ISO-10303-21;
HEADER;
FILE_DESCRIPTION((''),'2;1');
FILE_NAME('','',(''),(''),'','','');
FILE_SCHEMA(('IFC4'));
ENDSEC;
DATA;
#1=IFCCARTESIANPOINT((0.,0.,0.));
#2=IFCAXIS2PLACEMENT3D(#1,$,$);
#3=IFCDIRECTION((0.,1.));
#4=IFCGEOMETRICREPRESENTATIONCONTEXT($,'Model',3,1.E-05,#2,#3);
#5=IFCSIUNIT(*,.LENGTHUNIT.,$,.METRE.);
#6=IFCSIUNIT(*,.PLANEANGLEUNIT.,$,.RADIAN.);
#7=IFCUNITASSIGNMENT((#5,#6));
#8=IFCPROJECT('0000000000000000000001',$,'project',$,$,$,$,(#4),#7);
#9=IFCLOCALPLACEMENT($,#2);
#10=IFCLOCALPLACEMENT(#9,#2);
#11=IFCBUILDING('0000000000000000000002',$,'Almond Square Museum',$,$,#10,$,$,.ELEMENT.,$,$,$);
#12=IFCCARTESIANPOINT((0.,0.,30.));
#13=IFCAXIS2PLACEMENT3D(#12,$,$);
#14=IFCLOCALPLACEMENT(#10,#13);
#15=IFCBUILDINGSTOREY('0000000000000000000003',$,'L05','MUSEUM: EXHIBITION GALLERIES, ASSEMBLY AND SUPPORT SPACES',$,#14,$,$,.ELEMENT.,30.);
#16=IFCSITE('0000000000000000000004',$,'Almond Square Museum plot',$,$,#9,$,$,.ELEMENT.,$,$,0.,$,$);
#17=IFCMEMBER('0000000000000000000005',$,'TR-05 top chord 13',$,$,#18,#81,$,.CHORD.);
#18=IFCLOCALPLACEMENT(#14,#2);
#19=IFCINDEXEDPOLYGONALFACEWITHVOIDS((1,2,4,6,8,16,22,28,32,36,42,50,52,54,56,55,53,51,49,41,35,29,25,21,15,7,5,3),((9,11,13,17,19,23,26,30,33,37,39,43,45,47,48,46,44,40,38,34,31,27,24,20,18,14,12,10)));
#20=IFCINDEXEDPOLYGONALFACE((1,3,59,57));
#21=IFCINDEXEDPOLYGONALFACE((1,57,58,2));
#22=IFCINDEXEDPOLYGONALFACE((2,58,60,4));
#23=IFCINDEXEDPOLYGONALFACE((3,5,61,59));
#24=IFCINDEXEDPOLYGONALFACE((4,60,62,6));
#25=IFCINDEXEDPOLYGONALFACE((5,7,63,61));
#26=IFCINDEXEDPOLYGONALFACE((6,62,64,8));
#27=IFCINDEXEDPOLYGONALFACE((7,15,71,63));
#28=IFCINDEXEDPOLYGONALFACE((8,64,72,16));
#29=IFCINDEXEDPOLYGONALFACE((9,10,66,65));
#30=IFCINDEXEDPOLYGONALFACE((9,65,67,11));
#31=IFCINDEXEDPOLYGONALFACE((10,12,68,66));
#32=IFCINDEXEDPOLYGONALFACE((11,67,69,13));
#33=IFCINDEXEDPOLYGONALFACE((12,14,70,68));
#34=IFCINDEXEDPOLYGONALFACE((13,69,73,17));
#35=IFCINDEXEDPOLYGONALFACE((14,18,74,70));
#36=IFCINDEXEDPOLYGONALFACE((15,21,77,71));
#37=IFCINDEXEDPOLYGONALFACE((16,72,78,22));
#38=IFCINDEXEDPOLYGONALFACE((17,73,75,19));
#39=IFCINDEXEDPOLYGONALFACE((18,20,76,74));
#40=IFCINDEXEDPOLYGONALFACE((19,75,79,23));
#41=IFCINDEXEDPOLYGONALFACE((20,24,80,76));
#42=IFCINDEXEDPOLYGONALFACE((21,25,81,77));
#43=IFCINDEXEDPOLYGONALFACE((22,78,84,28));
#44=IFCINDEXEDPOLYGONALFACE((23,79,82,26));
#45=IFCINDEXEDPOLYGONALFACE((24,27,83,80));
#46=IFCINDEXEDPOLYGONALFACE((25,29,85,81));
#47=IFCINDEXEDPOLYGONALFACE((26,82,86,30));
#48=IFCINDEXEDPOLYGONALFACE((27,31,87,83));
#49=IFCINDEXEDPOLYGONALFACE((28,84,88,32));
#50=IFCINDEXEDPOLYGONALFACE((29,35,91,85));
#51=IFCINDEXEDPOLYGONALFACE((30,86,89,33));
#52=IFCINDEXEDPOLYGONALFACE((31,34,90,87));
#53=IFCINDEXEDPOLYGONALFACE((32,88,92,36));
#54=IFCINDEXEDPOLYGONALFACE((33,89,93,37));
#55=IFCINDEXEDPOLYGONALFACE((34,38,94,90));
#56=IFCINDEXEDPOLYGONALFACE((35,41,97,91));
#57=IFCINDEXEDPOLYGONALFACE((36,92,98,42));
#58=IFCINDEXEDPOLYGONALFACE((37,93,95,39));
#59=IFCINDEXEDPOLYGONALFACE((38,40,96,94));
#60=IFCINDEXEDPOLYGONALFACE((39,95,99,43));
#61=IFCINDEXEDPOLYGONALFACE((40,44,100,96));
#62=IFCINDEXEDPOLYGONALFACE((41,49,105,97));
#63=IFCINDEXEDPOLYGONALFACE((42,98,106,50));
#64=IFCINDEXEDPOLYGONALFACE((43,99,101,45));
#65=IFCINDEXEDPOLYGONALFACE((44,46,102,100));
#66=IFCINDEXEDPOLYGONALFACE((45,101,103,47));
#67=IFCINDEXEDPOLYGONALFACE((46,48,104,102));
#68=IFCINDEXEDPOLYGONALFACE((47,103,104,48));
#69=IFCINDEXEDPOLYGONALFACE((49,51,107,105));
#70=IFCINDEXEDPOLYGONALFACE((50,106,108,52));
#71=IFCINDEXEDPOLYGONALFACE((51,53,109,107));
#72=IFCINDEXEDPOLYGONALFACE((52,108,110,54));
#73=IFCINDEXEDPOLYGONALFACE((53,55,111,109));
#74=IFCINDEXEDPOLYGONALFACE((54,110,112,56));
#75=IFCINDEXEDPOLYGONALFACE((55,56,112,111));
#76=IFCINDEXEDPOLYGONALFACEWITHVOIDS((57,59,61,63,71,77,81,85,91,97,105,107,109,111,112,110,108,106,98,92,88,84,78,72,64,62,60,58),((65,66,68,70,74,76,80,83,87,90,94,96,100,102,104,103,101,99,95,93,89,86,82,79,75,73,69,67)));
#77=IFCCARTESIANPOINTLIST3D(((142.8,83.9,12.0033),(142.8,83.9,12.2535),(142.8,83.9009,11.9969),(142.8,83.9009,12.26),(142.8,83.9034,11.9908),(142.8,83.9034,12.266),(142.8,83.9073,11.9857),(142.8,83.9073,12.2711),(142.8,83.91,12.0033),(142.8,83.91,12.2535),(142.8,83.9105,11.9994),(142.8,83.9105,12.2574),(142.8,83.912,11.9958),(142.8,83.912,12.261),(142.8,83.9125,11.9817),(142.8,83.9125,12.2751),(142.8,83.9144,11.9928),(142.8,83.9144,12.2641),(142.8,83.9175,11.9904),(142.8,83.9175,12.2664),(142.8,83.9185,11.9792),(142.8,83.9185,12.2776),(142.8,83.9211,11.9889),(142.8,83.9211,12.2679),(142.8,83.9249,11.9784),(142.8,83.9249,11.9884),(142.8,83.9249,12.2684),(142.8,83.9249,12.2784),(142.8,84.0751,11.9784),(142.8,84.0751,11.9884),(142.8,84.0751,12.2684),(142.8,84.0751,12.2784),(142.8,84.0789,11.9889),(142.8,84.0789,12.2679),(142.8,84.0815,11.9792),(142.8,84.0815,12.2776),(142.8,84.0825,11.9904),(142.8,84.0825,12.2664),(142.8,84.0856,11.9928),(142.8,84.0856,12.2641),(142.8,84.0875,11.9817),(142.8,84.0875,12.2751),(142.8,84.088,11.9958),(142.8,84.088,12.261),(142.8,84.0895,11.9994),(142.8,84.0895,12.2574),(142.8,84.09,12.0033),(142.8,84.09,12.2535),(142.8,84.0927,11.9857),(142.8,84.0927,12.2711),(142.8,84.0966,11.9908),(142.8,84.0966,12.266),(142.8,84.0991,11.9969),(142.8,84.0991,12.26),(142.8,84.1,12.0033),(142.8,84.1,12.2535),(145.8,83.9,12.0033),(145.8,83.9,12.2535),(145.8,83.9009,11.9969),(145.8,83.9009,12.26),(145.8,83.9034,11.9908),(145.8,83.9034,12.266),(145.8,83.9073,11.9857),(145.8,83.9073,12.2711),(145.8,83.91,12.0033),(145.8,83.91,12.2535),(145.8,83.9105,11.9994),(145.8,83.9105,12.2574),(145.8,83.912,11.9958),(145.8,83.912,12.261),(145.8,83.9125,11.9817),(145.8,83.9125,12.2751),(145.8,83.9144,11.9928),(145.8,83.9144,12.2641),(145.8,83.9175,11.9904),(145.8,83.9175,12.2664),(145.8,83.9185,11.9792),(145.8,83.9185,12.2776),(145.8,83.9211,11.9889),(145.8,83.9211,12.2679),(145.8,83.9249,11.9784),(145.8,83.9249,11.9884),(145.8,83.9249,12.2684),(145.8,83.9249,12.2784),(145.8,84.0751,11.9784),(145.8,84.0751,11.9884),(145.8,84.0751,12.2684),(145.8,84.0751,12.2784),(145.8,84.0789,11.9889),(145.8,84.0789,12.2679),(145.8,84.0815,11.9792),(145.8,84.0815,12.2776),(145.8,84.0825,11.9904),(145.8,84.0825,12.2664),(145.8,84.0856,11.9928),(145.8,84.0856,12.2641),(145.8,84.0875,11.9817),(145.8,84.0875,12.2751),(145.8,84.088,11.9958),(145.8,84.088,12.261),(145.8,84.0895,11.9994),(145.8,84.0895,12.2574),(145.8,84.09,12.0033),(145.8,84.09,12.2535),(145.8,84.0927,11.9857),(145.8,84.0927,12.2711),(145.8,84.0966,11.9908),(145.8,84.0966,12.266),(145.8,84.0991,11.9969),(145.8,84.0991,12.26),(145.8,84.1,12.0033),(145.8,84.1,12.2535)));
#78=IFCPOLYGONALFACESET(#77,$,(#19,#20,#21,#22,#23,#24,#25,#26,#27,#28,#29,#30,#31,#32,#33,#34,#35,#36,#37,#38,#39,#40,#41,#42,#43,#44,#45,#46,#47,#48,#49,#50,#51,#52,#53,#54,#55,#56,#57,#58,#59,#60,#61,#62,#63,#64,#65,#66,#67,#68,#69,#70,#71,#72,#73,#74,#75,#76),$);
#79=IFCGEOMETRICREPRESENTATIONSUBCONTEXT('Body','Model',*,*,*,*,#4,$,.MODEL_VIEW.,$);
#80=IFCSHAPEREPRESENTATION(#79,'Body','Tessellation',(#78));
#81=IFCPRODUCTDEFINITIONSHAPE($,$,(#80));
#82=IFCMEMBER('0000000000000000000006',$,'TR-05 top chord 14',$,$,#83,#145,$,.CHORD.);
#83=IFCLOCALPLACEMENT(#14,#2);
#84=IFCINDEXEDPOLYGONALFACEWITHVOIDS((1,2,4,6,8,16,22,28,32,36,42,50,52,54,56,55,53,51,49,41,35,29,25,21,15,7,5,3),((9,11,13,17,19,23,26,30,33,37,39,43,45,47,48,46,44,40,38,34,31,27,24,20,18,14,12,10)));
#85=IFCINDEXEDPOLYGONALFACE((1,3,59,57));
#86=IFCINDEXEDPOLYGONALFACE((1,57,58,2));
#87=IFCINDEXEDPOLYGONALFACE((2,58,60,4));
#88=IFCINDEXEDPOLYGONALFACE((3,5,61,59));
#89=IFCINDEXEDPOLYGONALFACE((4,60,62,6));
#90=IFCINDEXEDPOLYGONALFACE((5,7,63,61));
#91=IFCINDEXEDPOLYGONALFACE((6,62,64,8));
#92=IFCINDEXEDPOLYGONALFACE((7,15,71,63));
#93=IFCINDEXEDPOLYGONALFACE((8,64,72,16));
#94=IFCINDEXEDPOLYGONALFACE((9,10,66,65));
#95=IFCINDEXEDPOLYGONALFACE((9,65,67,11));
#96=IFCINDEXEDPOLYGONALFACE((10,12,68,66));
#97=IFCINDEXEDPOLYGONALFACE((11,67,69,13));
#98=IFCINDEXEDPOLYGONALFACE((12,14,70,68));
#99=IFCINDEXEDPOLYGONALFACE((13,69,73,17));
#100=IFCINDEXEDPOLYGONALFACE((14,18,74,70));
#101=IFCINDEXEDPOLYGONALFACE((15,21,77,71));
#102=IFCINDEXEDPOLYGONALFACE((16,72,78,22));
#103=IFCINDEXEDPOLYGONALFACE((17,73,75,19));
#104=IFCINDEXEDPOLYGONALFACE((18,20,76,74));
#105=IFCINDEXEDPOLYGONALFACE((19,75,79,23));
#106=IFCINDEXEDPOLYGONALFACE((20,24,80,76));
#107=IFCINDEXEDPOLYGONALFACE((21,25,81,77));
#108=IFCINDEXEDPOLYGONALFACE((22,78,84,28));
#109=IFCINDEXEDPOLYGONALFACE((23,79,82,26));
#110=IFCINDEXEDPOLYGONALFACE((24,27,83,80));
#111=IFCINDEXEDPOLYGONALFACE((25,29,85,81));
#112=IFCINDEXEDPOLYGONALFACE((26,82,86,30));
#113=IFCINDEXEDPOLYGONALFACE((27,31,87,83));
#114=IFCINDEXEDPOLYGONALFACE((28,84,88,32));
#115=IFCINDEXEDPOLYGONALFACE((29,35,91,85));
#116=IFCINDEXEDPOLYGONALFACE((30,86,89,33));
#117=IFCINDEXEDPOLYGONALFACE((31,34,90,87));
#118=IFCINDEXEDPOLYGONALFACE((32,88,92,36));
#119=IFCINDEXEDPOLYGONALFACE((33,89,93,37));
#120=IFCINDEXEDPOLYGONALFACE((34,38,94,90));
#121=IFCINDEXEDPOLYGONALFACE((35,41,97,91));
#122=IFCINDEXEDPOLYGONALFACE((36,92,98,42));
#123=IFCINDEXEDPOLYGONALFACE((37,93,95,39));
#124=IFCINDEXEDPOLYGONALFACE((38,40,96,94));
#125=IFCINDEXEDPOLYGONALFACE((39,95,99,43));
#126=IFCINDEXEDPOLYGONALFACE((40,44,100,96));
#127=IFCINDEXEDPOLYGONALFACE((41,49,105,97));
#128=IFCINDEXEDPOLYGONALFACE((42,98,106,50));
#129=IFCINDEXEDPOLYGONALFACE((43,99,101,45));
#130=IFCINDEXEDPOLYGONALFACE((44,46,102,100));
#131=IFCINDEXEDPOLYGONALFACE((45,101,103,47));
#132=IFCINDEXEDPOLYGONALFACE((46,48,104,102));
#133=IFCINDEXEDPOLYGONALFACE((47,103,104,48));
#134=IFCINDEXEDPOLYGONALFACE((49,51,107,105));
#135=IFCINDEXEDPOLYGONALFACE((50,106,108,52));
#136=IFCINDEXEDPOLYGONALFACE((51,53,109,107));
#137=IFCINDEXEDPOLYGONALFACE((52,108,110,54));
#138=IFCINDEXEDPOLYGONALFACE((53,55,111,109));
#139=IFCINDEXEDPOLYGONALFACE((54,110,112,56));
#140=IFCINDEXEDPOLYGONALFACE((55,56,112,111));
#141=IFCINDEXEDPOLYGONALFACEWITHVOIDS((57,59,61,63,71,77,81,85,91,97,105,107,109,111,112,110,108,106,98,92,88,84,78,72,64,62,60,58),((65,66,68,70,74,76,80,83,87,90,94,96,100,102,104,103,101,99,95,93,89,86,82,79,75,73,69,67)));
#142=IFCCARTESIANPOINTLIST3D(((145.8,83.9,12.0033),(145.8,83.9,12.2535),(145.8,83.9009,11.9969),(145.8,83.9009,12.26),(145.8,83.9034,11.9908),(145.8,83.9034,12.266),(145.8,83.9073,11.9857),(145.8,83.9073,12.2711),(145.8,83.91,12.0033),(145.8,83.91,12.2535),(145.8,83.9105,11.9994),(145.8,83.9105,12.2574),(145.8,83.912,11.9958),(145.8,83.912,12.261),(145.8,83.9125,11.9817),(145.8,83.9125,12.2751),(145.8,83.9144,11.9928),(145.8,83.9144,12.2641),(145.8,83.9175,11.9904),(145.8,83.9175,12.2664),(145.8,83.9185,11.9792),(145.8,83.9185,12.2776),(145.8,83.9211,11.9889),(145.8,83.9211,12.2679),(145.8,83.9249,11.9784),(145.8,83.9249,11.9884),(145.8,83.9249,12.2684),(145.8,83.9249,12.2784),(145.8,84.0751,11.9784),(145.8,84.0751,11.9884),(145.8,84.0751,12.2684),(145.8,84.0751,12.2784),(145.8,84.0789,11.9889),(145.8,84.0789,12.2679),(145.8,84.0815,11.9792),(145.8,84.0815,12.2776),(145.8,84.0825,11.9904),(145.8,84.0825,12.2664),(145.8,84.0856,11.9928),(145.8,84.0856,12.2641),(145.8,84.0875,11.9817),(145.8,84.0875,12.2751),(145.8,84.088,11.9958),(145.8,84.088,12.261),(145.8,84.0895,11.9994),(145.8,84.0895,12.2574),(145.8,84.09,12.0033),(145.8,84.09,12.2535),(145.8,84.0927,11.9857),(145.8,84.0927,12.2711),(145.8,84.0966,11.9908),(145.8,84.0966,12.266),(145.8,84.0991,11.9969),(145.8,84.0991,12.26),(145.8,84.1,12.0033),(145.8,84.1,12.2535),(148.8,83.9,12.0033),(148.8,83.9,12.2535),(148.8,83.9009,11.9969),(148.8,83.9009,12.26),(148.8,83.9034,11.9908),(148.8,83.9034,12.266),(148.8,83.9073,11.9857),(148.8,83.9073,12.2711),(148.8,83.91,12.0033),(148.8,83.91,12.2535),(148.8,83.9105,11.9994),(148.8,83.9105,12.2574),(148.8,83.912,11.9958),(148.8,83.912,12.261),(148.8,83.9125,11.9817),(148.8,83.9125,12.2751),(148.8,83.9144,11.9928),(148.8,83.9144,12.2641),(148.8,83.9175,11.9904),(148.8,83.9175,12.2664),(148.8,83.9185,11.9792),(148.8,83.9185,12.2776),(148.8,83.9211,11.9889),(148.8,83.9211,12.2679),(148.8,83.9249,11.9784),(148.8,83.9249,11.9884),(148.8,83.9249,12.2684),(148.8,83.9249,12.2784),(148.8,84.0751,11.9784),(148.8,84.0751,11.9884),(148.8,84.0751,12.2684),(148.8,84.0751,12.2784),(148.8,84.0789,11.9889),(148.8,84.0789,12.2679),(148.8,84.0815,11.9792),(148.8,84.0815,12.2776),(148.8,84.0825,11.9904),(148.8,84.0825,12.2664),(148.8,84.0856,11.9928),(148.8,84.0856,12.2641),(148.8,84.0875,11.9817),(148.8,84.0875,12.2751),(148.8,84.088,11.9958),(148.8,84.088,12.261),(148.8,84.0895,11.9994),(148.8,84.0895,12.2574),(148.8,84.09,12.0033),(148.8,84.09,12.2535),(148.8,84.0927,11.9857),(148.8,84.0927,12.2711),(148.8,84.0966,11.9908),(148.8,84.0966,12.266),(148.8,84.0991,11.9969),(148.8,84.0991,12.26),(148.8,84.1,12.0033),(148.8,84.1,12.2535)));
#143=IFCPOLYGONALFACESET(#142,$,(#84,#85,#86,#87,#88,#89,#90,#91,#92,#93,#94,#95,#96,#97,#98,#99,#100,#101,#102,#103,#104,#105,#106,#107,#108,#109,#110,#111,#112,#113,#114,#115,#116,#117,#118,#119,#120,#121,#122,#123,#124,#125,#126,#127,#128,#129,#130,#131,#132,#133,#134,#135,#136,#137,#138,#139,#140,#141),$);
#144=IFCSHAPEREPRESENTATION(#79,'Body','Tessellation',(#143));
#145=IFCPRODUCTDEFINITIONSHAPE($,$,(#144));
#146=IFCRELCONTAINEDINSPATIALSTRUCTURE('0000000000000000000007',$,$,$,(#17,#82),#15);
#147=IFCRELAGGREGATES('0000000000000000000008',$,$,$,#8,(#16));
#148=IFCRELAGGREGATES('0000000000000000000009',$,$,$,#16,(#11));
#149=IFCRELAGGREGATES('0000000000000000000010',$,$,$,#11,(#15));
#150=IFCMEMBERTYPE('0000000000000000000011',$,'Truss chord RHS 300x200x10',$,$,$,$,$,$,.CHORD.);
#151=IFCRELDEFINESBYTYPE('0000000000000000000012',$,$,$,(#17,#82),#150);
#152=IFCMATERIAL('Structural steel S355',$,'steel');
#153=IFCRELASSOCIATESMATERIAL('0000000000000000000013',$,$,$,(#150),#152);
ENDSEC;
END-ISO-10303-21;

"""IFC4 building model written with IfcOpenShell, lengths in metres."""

from ifc_helpers import new_model, si_unit, direction, frame, origin, origin_2d, place, context, subcontext, project, spatial, hollow_rectangle, extrude, material, material_profile, profile_set, type_object, element, save


model = new_model("IFC4")

# Units and contexts
model_context = context("Model", 3, precision=1e-05, world=origin(), true_north=direction((0.0, 1.0)))
body_context = subcontext(model_context, "Body", "Model", "MODEL_VIEW")
ifc_project = project(units=[si_unit("LENGTHUNIT", "METRE"), si_unit("PLANEANGLEUNIT", "RADIAN")], contexts=[model_context])

# Site, building, storey
site_placement = place(None, origin())
site = spatial("IfcSite", under=ifc_project, at=site_placement, Name="Almond Square Museum plot", CompositionType="ELEMENT", RefElevation=0.0)
building_placement = place(site_placement, origin())
building = spatial("IfcBuilding", under=site, at=building_placement, Name="Almond Square Museum", CompositionType="ELEMENT")
storey_placement = place(building_placement, frame((0.0, 0.0, 30.0)))
storey = spatial("IfcBuildingStorey", under=building, at=storey_placement, Name="L05", Description="MUSEUM: EXHIBITION GALLERIES, ASSEMBLY AND SUPPORT SPACES", CompositionType="ELEMENT", Elevation=30.0)

# Members
ifc_material_1 = material(Name="Structural steel S355", Category="steel")
ifc_material_profile_1 = material_profile(ifc_material_1, hollow_rectangle(XDim=0.2, YDim=0.3, WallThickness=0.01, InnerFilletRadius=0.0149, OuterFilletRadius=0.0249, at=origin_2d()))
ifc_profile_set_1 = profile_set([ifc_material_profile_1], Name="Structural steel S355")
member_type_1 = type_object("IfcMemberType", Name="Truss chord RHS 300x200x10", PredefinedType="CHORD", material=ifc_profile_set_1)
for number, where, z_axis, x_axis, name in (
    (1, (142.8, 84.0, 12.1284), (1.0, 0.0, 0.0), (0.0, 1.0, 0.0), "TR-05 top chord 13"),
    (2, (145.8, 84.0, 12.1284), (1.0, 0.0, 0.0), (0.0, 1.0, 0.0), "TR-05 top chord 14"),
):
    element("IfcMember", number, at=place(storey_placement, frame(where, z_axis=z_axis, x_axis=x_axis)), inside=storey, type_object=member_type_1, Name=name, PredefinedType="CHORD", context=body_context, shape_type="SweptSolid", body=[
        extrude(hollow_rectangle(XDim=0.2, YDim=0.3, WallThickness=0.01, InnerFilletRadius=0.0149, OuterFilletRadius=0.0249, at=origin_2d()), origin(), (0.0, 0.0, 1.0), 3.0),
    ])

save(model, "model.ifc")
